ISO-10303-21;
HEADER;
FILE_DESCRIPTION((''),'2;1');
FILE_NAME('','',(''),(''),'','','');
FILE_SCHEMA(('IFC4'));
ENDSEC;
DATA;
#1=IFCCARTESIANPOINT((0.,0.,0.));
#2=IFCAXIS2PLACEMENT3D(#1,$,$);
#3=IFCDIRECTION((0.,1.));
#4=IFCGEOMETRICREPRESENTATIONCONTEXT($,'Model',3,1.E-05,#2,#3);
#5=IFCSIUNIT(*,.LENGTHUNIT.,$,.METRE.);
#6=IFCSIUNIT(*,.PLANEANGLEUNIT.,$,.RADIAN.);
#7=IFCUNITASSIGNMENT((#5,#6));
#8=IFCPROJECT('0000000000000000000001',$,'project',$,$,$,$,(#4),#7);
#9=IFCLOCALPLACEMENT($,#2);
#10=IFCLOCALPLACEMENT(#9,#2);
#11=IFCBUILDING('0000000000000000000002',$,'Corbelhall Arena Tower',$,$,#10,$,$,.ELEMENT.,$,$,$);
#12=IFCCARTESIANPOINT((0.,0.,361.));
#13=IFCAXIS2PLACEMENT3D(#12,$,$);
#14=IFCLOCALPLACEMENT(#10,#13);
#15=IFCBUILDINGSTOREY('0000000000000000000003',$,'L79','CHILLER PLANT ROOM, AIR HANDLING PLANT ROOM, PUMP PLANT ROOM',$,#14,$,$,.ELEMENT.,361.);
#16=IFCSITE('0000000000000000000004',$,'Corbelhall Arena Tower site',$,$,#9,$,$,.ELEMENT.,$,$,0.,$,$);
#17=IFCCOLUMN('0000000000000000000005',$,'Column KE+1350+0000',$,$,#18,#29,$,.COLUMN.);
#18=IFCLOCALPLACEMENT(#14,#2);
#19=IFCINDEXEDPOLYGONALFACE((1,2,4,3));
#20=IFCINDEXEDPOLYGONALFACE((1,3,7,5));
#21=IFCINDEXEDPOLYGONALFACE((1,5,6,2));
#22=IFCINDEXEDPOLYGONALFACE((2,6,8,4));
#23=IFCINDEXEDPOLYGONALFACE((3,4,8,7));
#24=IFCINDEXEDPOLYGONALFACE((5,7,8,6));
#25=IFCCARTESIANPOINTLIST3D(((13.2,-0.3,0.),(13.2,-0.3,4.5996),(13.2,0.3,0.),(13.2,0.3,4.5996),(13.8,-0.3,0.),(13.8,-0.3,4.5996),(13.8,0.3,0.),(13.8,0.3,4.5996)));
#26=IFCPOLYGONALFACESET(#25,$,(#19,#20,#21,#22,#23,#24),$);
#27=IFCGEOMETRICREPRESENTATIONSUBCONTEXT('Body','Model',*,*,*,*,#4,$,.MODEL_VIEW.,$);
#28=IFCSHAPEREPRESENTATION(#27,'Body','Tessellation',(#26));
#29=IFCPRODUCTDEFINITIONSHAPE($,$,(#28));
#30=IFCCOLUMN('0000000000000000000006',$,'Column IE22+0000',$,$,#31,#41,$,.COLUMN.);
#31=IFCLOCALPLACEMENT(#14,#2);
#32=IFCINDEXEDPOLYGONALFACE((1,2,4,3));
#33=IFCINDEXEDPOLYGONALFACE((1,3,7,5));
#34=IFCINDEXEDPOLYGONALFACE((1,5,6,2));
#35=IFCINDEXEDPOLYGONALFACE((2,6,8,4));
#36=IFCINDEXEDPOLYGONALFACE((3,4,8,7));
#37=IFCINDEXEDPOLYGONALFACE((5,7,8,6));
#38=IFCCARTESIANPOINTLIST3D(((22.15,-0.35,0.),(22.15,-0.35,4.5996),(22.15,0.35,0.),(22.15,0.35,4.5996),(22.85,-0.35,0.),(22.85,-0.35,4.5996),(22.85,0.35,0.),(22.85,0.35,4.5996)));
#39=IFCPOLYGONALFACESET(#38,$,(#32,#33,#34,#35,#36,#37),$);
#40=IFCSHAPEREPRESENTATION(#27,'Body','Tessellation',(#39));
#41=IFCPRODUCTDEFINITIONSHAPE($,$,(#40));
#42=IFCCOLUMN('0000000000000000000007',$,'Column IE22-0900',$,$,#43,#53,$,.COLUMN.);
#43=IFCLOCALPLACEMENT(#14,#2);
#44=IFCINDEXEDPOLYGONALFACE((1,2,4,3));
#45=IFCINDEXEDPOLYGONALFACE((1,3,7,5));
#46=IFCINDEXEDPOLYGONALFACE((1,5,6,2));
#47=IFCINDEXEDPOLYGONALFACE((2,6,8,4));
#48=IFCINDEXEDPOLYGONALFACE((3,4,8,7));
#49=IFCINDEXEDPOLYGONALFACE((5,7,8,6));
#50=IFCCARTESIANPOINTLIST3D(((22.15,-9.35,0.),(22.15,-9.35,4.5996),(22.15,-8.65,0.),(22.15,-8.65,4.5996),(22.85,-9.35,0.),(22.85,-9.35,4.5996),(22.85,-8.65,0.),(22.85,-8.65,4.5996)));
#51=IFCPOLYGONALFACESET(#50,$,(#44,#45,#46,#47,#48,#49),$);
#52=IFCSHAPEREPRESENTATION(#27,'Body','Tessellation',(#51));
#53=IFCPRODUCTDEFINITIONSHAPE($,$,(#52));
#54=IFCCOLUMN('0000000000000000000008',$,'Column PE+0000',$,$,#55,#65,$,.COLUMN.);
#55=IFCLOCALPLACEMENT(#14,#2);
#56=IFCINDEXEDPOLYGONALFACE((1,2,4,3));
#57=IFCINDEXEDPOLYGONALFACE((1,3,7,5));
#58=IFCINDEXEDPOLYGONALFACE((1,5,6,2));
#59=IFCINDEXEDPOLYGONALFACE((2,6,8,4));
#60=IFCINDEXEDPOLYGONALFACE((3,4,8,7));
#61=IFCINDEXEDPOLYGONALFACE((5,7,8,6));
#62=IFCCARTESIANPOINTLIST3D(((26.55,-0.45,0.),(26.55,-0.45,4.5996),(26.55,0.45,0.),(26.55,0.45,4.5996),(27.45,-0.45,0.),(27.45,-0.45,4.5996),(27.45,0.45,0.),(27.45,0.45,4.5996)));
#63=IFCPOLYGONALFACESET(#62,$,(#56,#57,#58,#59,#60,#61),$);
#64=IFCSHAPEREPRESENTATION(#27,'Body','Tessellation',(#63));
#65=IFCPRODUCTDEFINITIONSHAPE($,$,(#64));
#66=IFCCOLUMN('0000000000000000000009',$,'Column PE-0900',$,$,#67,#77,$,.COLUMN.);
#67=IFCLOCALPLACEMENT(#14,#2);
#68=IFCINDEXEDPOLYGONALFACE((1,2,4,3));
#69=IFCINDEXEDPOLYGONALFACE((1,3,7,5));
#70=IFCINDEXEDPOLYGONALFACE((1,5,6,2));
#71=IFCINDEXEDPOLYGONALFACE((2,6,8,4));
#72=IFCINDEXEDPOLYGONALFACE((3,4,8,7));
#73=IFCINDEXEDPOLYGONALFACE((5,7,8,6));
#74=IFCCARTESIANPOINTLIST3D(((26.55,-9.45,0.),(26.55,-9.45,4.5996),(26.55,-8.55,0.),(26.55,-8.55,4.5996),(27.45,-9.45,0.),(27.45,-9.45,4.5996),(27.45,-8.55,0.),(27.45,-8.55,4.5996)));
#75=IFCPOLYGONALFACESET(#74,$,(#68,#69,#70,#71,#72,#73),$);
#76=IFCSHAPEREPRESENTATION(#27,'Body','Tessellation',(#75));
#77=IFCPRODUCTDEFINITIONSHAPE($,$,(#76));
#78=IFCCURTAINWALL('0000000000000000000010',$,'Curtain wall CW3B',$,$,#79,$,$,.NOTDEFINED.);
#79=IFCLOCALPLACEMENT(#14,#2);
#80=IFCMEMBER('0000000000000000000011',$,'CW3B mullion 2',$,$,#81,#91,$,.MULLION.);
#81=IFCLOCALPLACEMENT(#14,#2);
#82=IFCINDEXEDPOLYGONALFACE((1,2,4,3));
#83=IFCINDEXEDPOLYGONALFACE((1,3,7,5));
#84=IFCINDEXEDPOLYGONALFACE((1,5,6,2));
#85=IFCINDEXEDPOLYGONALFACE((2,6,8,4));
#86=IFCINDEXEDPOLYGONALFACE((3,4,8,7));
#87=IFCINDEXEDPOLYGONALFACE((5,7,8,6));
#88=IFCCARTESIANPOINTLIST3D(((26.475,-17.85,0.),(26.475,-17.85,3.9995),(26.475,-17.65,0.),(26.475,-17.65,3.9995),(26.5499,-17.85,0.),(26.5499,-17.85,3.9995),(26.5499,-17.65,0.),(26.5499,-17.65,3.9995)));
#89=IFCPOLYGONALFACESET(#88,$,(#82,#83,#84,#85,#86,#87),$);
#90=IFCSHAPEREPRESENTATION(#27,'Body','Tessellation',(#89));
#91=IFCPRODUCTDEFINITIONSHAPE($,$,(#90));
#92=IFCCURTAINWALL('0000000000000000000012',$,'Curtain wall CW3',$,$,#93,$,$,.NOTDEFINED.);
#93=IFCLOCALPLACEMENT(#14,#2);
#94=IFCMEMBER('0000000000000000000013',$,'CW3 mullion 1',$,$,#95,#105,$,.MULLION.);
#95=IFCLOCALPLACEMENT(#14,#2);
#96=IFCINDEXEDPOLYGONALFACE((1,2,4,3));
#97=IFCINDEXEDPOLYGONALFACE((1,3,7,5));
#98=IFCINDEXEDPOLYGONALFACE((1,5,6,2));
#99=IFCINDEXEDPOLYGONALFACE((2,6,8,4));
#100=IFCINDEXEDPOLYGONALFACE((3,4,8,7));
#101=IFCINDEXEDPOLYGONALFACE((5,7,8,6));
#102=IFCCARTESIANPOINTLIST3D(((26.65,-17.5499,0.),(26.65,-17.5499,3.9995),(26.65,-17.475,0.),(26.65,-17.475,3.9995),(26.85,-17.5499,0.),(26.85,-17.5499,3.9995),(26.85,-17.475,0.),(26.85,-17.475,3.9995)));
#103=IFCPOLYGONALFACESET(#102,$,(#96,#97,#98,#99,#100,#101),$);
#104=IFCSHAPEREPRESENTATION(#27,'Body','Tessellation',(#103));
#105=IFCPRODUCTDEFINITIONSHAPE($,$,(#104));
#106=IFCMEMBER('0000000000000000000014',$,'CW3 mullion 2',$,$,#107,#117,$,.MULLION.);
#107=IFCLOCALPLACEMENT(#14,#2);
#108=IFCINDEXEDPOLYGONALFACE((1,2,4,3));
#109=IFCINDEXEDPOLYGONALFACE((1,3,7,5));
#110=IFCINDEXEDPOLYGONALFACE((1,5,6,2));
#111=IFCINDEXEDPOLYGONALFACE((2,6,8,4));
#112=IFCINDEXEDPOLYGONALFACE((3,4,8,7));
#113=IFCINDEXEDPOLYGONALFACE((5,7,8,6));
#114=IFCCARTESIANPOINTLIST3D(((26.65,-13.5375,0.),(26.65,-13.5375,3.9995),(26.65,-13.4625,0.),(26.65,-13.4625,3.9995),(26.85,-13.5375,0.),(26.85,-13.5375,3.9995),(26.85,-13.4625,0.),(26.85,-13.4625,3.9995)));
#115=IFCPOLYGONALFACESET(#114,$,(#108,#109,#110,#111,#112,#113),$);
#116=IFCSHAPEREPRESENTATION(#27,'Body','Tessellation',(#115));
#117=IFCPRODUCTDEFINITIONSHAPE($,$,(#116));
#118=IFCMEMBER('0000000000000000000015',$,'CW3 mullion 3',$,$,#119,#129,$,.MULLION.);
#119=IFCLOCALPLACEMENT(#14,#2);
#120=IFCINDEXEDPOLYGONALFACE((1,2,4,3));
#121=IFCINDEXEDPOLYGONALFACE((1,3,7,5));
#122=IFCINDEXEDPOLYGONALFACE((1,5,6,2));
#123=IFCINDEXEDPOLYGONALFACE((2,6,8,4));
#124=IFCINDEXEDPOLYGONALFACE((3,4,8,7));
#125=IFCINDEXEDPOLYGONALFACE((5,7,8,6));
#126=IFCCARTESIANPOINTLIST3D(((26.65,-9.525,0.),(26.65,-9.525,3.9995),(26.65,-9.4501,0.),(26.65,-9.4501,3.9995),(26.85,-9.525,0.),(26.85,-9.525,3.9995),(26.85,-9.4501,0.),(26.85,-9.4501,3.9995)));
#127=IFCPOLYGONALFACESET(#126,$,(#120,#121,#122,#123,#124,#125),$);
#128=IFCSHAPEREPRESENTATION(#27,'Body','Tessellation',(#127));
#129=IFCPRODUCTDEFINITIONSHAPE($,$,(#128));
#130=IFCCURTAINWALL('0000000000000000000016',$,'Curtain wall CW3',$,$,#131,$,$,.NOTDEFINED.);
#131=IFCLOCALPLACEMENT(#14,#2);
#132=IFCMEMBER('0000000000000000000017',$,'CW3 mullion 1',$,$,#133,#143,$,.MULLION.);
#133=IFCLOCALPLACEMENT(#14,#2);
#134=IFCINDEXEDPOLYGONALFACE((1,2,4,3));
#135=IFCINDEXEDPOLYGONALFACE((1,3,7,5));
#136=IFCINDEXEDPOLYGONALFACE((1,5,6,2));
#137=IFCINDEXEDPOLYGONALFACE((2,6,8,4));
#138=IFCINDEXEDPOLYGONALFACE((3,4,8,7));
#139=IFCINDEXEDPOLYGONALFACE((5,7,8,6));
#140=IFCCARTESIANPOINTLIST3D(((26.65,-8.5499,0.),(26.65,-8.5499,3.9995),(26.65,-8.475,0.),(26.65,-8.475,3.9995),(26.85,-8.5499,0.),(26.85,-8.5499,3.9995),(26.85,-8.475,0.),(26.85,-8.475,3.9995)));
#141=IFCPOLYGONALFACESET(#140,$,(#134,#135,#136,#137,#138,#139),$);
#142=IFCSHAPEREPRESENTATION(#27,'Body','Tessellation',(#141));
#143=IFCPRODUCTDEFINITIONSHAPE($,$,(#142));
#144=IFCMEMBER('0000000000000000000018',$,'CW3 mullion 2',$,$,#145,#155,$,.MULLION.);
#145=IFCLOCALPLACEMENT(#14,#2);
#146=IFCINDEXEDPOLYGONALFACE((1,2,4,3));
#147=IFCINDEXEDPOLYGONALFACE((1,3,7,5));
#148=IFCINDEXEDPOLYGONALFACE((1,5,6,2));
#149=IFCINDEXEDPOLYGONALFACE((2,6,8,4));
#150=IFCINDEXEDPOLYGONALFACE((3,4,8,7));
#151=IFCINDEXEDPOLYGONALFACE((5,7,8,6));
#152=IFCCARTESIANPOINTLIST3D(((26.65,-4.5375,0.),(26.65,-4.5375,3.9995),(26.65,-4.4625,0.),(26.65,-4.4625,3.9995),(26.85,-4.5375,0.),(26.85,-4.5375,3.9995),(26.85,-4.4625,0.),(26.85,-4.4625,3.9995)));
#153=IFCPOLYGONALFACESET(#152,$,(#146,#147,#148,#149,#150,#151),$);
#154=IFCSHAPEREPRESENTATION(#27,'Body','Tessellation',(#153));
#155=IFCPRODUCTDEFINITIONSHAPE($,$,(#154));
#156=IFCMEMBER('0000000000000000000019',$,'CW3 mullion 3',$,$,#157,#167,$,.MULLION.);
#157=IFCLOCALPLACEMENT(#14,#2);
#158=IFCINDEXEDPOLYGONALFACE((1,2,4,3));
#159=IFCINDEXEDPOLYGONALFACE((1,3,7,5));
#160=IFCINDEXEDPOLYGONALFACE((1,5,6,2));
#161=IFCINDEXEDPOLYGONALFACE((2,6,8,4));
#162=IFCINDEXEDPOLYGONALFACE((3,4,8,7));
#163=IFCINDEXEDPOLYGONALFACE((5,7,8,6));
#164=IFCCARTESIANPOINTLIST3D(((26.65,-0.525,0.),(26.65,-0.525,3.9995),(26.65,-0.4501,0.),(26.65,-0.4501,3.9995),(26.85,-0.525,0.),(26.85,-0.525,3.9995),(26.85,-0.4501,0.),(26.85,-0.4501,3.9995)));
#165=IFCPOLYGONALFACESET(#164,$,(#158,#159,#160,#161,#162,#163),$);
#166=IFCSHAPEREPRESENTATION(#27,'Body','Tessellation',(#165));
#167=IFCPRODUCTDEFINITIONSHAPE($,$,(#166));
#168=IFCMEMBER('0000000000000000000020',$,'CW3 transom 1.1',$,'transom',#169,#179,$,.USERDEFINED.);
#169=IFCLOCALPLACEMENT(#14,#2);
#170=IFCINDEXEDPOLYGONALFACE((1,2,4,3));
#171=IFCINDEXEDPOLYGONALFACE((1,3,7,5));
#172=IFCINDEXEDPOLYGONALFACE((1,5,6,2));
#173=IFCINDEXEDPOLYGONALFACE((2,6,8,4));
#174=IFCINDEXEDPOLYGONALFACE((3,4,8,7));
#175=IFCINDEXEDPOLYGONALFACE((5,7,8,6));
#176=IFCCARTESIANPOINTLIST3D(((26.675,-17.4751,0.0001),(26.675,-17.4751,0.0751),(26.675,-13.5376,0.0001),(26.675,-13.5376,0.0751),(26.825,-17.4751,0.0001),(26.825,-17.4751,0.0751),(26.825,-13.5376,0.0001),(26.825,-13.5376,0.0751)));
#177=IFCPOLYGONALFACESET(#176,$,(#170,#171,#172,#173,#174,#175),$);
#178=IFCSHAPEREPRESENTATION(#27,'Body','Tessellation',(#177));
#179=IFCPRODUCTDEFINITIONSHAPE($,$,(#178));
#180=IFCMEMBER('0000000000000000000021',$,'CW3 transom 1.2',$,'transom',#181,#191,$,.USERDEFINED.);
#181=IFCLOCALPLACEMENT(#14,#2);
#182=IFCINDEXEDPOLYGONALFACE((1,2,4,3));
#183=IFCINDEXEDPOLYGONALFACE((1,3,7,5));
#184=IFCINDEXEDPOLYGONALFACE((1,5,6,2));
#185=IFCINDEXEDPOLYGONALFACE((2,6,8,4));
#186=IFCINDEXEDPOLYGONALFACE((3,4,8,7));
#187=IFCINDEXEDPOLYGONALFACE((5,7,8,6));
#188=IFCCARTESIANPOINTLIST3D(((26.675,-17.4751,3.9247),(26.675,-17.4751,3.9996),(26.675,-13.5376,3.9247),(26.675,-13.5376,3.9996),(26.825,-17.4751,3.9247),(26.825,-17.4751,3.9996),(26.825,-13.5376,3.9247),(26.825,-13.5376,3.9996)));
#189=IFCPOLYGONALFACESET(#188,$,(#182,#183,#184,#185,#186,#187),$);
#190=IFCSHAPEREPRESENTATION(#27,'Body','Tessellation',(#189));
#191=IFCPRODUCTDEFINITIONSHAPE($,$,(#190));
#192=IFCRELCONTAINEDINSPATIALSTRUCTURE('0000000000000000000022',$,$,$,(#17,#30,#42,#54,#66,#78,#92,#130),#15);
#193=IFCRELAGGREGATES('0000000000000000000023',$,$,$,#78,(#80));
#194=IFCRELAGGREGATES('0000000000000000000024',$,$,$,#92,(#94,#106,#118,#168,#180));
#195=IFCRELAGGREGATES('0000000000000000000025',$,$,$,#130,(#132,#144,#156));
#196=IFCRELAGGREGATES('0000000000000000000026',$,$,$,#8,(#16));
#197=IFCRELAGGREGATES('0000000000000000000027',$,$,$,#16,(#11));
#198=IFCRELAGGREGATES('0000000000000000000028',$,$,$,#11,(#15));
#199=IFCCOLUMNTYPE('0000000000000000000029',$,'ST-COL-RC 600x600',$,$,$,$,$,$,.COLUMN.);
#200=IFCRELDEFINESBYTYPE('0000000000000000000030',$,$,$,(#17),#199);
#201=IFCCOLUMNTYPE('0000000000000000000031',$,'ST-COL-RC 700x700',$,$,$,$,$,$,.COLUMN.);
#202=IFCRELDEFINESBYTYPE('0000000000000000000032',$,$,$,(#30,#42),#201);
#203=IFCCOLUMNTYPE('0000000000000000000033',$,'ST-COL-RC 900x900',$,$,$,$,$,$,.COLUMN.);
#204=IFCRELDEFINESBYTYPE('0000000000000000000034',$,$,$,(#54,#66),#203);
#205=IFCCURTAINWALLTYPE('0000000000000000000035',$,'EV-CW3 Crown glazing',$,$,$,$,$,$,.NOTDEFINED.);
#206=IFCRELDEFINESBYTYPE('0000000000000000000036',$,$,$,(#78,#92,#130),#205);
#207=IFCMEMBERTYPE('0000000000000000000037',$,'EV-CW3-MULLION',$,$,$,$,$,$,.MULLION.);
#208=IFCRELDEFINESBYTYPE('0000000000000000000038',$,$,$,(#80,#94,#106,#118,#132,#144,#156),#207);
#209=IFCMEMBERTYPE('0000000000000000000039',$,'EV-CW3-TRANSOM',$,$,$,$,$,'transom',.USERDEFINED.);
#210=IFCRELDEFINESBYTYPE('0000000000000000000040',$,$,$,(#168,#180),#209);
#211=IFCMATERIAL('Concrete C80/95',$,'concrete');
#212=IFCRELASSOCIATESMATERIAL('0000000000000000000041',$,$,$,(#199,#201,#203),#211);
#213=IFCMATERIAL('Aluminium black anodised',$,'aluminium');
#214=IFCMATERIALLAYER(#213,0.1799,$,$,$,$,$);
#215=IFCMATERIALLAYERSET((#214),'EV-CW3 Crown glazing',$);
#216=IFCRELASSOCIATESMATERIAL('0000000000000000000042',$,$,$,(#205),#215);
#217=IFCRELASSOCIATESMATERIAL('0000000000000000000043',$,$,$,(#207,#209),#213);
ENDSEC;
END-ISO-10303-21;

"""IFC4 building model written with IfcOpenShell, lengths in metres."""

from ifc_helpers import new_model, si_unit, direction, frame, origin, origin_2d, place, context, subcontext, project, spatial, rectangle, extrude, material, layer, layer_set, material_profile, profile_set, type_object, element, aggregate, save


model = new_model("IFC4")

# Units and contexts
model_context = context("Model", 3, precision=1e-05, world=origin(), true_north=direction((0.0, 1.0)))
body_context = subcontext(model_context, "Body", "Model", "MODEL_VIEW")
ifc_project = project(units=[si_unit("LENGTHUNIT", "METRE"), si_unit("PLANEANGLEUNIT", "RADIAN")], contexts=[model_context])

# Site, building, storey
site_placement = place(None, origin())
site = spatial("IfcSite", under=ifc_project, at=site_placement, Name="Corbelhall Arena Tower site", CompositionType="ELEMENT", RefElevation=0.0)
building_placement = place(site_placement, origin())
building = spatial("IfcBuilding", under=site, at=building_placement, Name="Corbelhall Arena Tower", CompositionType="ELEMENT")
storey_placement = place(building_placement, frame((0.0, 0.0, 361.0)))
storey = spatial("IfcBuildingStorey", under=building, at=storey_placement, Name="L79", Description="CHILLER PLANT ROOM, AIR HANDLING PLANT ROOM, PUMP PLANT ROOM", CompositionType="ELEMENT", Elevation=361.0)

# Columns
ifc_material_1 = material(Name="Concrete C80/95", Category="concrete")
ifc_material_profile_1 = material_profile(ifc_material_1, rectangle(XDim=0.6001, YDim=0.6001, at=origin_2d()))
ifc_profile_set_1 = profile_set([ifc_material_profile_1], Name="Concrete C80/95")
column_type_1 = type_object("IfcColumnType", Name="ST-COL-RC 600x600", PredefinedType="COLUMN", material=ifc_profile_set_1)
column_placement = place(storey_placement, frame((13.5, 0.0, 0.0), z_axis=(0.0, 0.0, 1.0), x_axis=(1.0, 0.0, 0.0)))
element("IfcColumn", 1, at=column_placement, inside=storey, type_object=column_type_1, Name="Column KE+1350+0000", PredefinedType="COLUMN", context=body_context, shape_type="SweptSolid", body=[
    extrude(rectangle(XDim=0.6001, YDim=0.6001, at=origin_2d()), origin(), (0.0, 0.0, 1.0), 4.5996),
])
ifc_material_profile_2 = material_profile(ifc_material_1, rectangle(XDim=0.7, YDim=0.7, at=origin_2d()))
ifc_profile_set_2 = profile_set([ifc_material_profile_2], Name="Concrete C80/95")
column_type_2 = type_object("IfcColumnType", Name="ST-COL-RC 700x700", PredefinedType="COLUMN", material=ifc_profile_set_2)
for number, where, z_axis, x_axis, name in (
    (2, (22.5, 0.0, 0.0), (0.0, 0.0, 1.0), (1.0, 0.0, 0.0), "Column IE22+0000"),
    (3, (22.5, -9.0, 0.0), (0.0, 0.0, 1.0), (1.0, 0.0, 0.0), "Column IE22-0900"),
):
    element("IfcColumn", number, at=place(storey_placement, frame(where, z_axis=z_axis, x_axis=x_axis)), inside=storey, type_object=column_type_2, Name=name, PredefinedType="COLUMN", context=body_context, shape_type="SweptSolid", body=[
        extrude(rectangle(XDim=0.7, YDim=0.7, at=origin_2d()), origin(), (0.0, 0.0, 1.0), 4.5996),
    ])
ifc_material_profile_3 = material_profile(ifc_material_1, rectangle(XDim=0.8999, YDim=0.8999, at=origin_2d()))
ifc_profile_set_3 = profile_set([ifc_material_profile_3], Name="Concrete C80/95")
column_type_3 = type_object("IfcColumnType", Name="ST-COL-RC 900x900", PredefinedType="COLUMN", material=ifc_profile_set_3)
for number, where, z_axis, x_axis, name in (
    (4, (27.0, 0.0, 0.0), (0.0, 0.0, 1.0), (0.0, 1.0, 0.0), "Column PE+0000"),
    (5, (27.0, -9.0, 0.0), (0.0, 0.0, 1.0), (0.0, 1.0, 0.0), "Column PE-0900"),
):
    element("IfcColumn", number, at=place(storey_placement, frame(where, z_axis=z_axis, x_axis=x_axis)), inside=storey, type_object=column_type_3, Name=name, PredefinedType="COLUMN", context=body_context, shape_type="SweptSolid", body=[
        extrude(rectangle(XDim=0.8999, YDim=0.8999, at=origin_2d()), origin(), (0.0, 0.0, 1.0), 4.5996),
    ])

# Curtain wall, member
ifc_material_2 = material(Name="Aluminium black anodised", Category="aluminium")
ifc_layer_1 = layer(ifc_material_2, 0.1799)
ifc_layer_set_1 = layer_set([ifc_layer_1], Name="EV-CW3 Crown glazing")
curtain_wall_type = type_object("IfcCurtainWallType", Name="EV-CW3 Crown glazing", PredefinedType="NOTDEFINED", material=ifc_layer_set_1)
curtain_wall_1_placement = place(storey_placement, origin())
curtain_wall_1 = element("IfcCurtainWall", 6, at=curtain_wall_1_placement, inside=storey, type_object=curtain_wall_type, Name="Curtain wall CW3B", PredefinedType="NOTDEFINED")
ifc_material_profile_4 = material_profile(ifc_material_2, rectangle(XDim=0.2, YDim=0.075, at=origin_2d()))
ifc_profile_set_4 = profile_set([ifc_material_profile_4], Name="Aluminium black anodised")
member_type_1 = type_object("IfcMemberType", Name="EV-CW3-MULLION", PredefinedType="MULLION", material=ifc_profile_set_4)
member_1_placement = place(storey_placement, frame((26.5125, -17.75, 0.0), z_axis=(0.0, 0.0, 1.0), x_axis=(0.0, 1.0, 0.0)))
member_1 = element("IfcMember", 7, at=member_1_placement, type_object=member_type_1, Name="CW3B mullion 2", PredefinedType="MULLION", context=body_context, shape_type="SweptSolid", body=[
    extrude(rectangle(XDim=0.2, YDim=0.075, at=origin_2d()), origin(), (0.0, 0.0, 1.0), 3.9995),
])

# Curtain walls, members
curtain_wall_2_placement = place(storey_placement, origin())
curtain_wall_2 = element("IfcCurtainWall", 8, at=curtain_wall_2_placement, inside=storey, type_object=curtain_wall_type, Name="Curtain wall CW3", PredefinedType="NOTDEFINED")
member_2_placement = place(storey_placement, frame((26.75, -17.5125, 0.0), z_axis=(0.0, 0.0, 1.0), x_axis=(-1.0, 0.0, 0.0)))
member_2 = element("IfcMember", 9, at=member_2_placement, type_object=member_type_1, Name="CW3 mullion 1", PredefinedType="MULLION", context=body_context, shape_type="SweptSolid", body=[
    extrude(rectangle(XDim=0.2, YDim=0.075, at=origin_2d()), origin(), (0.0, 0.0, 1.0), 3.9995),
])
member_3_placement = place(storey_placement, frame((26.75, -13.5, 0.0), z_axis=(0.0, 0.0, 1.0), x_axis=(-1.0, 0.0, 0.0)))
member_3 = element("IfcMember", 10, at=member_3_placement, type_object=member_type_1, Name="CW3 mullion 2", PredefinedType="MULLION", context=body_context, shape_type="SweptSolid", body=[
    extrude(rectangle(XDim=0.2, YDim=0.075, at=origin_2d()), origin(), (0.0, 0.0, 1.0), 3.9995),
])
member_4_placement = place(storey_placement, frame((26.75, -9.4875, 0.0), z_axis=(0.0, 0.0, 1.0), x_axis=(-1.0, 0.0, 0.0)))
member_4 = element("IfcMember", 11, at=member_4_placement, type_object=member_type_1, Name="CW3 mullion 3", PredefinedType="MULLION", context=body_context, shape_type="SweptSolid", body=[
    extrude(rectangle(XDim=0.2, YDim=0.075, at=origin_2d()), origin(), (0.0, 0.0, 1.0), 3.9995),
])
curtain_wall_3_placement = place(storey_placement, origin())
curtain_wall_3 = element("IfcCurtainWall", 12, at=curtain_wall_3_placement, inside=storey, type_object=curtain_wall_type, Name="Curtain wall CW3", PredefinedType="NOTDEFINED")
member_5_placement = place(storey_placement, frame((26.75, -8.5125, 0.0), z_axis=(0.0, 0.0, 1.0), x_axis=(-1.0, 0.0, 0.0)))
member_5 = element("IfcMember", 13, at=member_5_placement, type_object=member_type_1, Name="CW3 mullion 1", PredefinedType="MULLION", context=body_context, shape_type="SweptSolid", body=[
    extrude(rectangle(XDim=0.2, YDim=0.075, at=origin_2d()), origin(), (0.0, 0.0, 1.0), 3.9995),
])
member_6_placement = place(storey_placement, frame((26.75, -4.5, 0.0), z_axis=(0.0, 0.0, 1.0), x_axis=(-1.0, 0.0, 0.0)))
member_6 = element("IfcMember", 14, at=member_6_placement, type_object=member_type_1, Name="CW3 mullion 2", PredefinedType="MULLION", context=body_context, shape_type="SweptSolid", body=[
    extrude(rectangle(XDim=0.2, YDim=0.075, at=origin_2d()), origin(), (0.0, 0.0, 1.0), 3.9995),
])
member_7_placement = place(storey_placement, frame((26.75, -0.4875, 0.0), z_axis=(0.0, 0.0, 1.0), x_axis=(-1.0, 0.0, 0.0)))
member_7 = element("IfcMember", 15, at=member_7_placement, type_object=member_type_1, Name="CW3 mullion 3", PredefinedType="MULLION", context=body_context, shape_type="SweptSolid", body=[
    extrude(rectangle(XDim=0.2, YDim=0.075, at=origin_2d()), origin(), (0.0, 0.0, 1.0), 3.9995),
])

# Members
ifc_material_profile_5 = material_profile(ifc_material_2, rectangle(XDim=0.1499, YDim=0.075, at=origin_2d()))
ifc_profile_set_5 = profile_set([ifc_material_profile_5], Name="Aluminium black anodised")
member_type_2 = type_object("IfcMemberType", Name="EV-CW3-TRANSOM", ElementType="transom", PredefinedType="USERDEFINED", material=ifc_profile_set_5)
member_8_placement = place(storey_placement, frame((26.75, -17.4751, 0.0376), z_axis=(0.0, 1.0, 0.0), x_axis=(-1.0, 0.0, 0.0)))
member_8 = element("IfcMember", 16, at=member_8_placement, type_object=member_type_2, Name="CW3 transom 1.1", ObjectType="transom", PredefinedType="USERDEFINED", context=body_context, shape_type="SweptSolid", body=[
    extrude(rectangle(XDim=0.1499, YDim=0.075, at=origin_2d()), origin(), (0.0, 0.0, 1.0), 3.9375),
])
member_9_placement = place(storey_placement, frame((26.75, -17.4751, 3.9622), z_axis=(0.0, 1.0, 0.0), x_axis=(-1.0, 0.0, 0.0)))
member_9 = element("IfcMember", 17, at=member_9_placement, type_object=member_type_2, Name="CW3 transom 1.2", ObjectType="transom", PredefinedType="USERDEFINED", context=body_context, shape_type="SweptSolid", body=[
    extrude(rectangle(XDim=0.1499, YDim=0.075, at=origin_2d()), origin(), (0.0, 0.0, 1.0), 3.9375),
])

aggregate(curtain_wall_1, [member_1])
aggregate(curtain_wall_2, [member_2, member_3, member_4, member_8, member_9])
aggregate(curtain_wall_3, [member_5, member_6, member_7])

save(model, "model.ifc")
